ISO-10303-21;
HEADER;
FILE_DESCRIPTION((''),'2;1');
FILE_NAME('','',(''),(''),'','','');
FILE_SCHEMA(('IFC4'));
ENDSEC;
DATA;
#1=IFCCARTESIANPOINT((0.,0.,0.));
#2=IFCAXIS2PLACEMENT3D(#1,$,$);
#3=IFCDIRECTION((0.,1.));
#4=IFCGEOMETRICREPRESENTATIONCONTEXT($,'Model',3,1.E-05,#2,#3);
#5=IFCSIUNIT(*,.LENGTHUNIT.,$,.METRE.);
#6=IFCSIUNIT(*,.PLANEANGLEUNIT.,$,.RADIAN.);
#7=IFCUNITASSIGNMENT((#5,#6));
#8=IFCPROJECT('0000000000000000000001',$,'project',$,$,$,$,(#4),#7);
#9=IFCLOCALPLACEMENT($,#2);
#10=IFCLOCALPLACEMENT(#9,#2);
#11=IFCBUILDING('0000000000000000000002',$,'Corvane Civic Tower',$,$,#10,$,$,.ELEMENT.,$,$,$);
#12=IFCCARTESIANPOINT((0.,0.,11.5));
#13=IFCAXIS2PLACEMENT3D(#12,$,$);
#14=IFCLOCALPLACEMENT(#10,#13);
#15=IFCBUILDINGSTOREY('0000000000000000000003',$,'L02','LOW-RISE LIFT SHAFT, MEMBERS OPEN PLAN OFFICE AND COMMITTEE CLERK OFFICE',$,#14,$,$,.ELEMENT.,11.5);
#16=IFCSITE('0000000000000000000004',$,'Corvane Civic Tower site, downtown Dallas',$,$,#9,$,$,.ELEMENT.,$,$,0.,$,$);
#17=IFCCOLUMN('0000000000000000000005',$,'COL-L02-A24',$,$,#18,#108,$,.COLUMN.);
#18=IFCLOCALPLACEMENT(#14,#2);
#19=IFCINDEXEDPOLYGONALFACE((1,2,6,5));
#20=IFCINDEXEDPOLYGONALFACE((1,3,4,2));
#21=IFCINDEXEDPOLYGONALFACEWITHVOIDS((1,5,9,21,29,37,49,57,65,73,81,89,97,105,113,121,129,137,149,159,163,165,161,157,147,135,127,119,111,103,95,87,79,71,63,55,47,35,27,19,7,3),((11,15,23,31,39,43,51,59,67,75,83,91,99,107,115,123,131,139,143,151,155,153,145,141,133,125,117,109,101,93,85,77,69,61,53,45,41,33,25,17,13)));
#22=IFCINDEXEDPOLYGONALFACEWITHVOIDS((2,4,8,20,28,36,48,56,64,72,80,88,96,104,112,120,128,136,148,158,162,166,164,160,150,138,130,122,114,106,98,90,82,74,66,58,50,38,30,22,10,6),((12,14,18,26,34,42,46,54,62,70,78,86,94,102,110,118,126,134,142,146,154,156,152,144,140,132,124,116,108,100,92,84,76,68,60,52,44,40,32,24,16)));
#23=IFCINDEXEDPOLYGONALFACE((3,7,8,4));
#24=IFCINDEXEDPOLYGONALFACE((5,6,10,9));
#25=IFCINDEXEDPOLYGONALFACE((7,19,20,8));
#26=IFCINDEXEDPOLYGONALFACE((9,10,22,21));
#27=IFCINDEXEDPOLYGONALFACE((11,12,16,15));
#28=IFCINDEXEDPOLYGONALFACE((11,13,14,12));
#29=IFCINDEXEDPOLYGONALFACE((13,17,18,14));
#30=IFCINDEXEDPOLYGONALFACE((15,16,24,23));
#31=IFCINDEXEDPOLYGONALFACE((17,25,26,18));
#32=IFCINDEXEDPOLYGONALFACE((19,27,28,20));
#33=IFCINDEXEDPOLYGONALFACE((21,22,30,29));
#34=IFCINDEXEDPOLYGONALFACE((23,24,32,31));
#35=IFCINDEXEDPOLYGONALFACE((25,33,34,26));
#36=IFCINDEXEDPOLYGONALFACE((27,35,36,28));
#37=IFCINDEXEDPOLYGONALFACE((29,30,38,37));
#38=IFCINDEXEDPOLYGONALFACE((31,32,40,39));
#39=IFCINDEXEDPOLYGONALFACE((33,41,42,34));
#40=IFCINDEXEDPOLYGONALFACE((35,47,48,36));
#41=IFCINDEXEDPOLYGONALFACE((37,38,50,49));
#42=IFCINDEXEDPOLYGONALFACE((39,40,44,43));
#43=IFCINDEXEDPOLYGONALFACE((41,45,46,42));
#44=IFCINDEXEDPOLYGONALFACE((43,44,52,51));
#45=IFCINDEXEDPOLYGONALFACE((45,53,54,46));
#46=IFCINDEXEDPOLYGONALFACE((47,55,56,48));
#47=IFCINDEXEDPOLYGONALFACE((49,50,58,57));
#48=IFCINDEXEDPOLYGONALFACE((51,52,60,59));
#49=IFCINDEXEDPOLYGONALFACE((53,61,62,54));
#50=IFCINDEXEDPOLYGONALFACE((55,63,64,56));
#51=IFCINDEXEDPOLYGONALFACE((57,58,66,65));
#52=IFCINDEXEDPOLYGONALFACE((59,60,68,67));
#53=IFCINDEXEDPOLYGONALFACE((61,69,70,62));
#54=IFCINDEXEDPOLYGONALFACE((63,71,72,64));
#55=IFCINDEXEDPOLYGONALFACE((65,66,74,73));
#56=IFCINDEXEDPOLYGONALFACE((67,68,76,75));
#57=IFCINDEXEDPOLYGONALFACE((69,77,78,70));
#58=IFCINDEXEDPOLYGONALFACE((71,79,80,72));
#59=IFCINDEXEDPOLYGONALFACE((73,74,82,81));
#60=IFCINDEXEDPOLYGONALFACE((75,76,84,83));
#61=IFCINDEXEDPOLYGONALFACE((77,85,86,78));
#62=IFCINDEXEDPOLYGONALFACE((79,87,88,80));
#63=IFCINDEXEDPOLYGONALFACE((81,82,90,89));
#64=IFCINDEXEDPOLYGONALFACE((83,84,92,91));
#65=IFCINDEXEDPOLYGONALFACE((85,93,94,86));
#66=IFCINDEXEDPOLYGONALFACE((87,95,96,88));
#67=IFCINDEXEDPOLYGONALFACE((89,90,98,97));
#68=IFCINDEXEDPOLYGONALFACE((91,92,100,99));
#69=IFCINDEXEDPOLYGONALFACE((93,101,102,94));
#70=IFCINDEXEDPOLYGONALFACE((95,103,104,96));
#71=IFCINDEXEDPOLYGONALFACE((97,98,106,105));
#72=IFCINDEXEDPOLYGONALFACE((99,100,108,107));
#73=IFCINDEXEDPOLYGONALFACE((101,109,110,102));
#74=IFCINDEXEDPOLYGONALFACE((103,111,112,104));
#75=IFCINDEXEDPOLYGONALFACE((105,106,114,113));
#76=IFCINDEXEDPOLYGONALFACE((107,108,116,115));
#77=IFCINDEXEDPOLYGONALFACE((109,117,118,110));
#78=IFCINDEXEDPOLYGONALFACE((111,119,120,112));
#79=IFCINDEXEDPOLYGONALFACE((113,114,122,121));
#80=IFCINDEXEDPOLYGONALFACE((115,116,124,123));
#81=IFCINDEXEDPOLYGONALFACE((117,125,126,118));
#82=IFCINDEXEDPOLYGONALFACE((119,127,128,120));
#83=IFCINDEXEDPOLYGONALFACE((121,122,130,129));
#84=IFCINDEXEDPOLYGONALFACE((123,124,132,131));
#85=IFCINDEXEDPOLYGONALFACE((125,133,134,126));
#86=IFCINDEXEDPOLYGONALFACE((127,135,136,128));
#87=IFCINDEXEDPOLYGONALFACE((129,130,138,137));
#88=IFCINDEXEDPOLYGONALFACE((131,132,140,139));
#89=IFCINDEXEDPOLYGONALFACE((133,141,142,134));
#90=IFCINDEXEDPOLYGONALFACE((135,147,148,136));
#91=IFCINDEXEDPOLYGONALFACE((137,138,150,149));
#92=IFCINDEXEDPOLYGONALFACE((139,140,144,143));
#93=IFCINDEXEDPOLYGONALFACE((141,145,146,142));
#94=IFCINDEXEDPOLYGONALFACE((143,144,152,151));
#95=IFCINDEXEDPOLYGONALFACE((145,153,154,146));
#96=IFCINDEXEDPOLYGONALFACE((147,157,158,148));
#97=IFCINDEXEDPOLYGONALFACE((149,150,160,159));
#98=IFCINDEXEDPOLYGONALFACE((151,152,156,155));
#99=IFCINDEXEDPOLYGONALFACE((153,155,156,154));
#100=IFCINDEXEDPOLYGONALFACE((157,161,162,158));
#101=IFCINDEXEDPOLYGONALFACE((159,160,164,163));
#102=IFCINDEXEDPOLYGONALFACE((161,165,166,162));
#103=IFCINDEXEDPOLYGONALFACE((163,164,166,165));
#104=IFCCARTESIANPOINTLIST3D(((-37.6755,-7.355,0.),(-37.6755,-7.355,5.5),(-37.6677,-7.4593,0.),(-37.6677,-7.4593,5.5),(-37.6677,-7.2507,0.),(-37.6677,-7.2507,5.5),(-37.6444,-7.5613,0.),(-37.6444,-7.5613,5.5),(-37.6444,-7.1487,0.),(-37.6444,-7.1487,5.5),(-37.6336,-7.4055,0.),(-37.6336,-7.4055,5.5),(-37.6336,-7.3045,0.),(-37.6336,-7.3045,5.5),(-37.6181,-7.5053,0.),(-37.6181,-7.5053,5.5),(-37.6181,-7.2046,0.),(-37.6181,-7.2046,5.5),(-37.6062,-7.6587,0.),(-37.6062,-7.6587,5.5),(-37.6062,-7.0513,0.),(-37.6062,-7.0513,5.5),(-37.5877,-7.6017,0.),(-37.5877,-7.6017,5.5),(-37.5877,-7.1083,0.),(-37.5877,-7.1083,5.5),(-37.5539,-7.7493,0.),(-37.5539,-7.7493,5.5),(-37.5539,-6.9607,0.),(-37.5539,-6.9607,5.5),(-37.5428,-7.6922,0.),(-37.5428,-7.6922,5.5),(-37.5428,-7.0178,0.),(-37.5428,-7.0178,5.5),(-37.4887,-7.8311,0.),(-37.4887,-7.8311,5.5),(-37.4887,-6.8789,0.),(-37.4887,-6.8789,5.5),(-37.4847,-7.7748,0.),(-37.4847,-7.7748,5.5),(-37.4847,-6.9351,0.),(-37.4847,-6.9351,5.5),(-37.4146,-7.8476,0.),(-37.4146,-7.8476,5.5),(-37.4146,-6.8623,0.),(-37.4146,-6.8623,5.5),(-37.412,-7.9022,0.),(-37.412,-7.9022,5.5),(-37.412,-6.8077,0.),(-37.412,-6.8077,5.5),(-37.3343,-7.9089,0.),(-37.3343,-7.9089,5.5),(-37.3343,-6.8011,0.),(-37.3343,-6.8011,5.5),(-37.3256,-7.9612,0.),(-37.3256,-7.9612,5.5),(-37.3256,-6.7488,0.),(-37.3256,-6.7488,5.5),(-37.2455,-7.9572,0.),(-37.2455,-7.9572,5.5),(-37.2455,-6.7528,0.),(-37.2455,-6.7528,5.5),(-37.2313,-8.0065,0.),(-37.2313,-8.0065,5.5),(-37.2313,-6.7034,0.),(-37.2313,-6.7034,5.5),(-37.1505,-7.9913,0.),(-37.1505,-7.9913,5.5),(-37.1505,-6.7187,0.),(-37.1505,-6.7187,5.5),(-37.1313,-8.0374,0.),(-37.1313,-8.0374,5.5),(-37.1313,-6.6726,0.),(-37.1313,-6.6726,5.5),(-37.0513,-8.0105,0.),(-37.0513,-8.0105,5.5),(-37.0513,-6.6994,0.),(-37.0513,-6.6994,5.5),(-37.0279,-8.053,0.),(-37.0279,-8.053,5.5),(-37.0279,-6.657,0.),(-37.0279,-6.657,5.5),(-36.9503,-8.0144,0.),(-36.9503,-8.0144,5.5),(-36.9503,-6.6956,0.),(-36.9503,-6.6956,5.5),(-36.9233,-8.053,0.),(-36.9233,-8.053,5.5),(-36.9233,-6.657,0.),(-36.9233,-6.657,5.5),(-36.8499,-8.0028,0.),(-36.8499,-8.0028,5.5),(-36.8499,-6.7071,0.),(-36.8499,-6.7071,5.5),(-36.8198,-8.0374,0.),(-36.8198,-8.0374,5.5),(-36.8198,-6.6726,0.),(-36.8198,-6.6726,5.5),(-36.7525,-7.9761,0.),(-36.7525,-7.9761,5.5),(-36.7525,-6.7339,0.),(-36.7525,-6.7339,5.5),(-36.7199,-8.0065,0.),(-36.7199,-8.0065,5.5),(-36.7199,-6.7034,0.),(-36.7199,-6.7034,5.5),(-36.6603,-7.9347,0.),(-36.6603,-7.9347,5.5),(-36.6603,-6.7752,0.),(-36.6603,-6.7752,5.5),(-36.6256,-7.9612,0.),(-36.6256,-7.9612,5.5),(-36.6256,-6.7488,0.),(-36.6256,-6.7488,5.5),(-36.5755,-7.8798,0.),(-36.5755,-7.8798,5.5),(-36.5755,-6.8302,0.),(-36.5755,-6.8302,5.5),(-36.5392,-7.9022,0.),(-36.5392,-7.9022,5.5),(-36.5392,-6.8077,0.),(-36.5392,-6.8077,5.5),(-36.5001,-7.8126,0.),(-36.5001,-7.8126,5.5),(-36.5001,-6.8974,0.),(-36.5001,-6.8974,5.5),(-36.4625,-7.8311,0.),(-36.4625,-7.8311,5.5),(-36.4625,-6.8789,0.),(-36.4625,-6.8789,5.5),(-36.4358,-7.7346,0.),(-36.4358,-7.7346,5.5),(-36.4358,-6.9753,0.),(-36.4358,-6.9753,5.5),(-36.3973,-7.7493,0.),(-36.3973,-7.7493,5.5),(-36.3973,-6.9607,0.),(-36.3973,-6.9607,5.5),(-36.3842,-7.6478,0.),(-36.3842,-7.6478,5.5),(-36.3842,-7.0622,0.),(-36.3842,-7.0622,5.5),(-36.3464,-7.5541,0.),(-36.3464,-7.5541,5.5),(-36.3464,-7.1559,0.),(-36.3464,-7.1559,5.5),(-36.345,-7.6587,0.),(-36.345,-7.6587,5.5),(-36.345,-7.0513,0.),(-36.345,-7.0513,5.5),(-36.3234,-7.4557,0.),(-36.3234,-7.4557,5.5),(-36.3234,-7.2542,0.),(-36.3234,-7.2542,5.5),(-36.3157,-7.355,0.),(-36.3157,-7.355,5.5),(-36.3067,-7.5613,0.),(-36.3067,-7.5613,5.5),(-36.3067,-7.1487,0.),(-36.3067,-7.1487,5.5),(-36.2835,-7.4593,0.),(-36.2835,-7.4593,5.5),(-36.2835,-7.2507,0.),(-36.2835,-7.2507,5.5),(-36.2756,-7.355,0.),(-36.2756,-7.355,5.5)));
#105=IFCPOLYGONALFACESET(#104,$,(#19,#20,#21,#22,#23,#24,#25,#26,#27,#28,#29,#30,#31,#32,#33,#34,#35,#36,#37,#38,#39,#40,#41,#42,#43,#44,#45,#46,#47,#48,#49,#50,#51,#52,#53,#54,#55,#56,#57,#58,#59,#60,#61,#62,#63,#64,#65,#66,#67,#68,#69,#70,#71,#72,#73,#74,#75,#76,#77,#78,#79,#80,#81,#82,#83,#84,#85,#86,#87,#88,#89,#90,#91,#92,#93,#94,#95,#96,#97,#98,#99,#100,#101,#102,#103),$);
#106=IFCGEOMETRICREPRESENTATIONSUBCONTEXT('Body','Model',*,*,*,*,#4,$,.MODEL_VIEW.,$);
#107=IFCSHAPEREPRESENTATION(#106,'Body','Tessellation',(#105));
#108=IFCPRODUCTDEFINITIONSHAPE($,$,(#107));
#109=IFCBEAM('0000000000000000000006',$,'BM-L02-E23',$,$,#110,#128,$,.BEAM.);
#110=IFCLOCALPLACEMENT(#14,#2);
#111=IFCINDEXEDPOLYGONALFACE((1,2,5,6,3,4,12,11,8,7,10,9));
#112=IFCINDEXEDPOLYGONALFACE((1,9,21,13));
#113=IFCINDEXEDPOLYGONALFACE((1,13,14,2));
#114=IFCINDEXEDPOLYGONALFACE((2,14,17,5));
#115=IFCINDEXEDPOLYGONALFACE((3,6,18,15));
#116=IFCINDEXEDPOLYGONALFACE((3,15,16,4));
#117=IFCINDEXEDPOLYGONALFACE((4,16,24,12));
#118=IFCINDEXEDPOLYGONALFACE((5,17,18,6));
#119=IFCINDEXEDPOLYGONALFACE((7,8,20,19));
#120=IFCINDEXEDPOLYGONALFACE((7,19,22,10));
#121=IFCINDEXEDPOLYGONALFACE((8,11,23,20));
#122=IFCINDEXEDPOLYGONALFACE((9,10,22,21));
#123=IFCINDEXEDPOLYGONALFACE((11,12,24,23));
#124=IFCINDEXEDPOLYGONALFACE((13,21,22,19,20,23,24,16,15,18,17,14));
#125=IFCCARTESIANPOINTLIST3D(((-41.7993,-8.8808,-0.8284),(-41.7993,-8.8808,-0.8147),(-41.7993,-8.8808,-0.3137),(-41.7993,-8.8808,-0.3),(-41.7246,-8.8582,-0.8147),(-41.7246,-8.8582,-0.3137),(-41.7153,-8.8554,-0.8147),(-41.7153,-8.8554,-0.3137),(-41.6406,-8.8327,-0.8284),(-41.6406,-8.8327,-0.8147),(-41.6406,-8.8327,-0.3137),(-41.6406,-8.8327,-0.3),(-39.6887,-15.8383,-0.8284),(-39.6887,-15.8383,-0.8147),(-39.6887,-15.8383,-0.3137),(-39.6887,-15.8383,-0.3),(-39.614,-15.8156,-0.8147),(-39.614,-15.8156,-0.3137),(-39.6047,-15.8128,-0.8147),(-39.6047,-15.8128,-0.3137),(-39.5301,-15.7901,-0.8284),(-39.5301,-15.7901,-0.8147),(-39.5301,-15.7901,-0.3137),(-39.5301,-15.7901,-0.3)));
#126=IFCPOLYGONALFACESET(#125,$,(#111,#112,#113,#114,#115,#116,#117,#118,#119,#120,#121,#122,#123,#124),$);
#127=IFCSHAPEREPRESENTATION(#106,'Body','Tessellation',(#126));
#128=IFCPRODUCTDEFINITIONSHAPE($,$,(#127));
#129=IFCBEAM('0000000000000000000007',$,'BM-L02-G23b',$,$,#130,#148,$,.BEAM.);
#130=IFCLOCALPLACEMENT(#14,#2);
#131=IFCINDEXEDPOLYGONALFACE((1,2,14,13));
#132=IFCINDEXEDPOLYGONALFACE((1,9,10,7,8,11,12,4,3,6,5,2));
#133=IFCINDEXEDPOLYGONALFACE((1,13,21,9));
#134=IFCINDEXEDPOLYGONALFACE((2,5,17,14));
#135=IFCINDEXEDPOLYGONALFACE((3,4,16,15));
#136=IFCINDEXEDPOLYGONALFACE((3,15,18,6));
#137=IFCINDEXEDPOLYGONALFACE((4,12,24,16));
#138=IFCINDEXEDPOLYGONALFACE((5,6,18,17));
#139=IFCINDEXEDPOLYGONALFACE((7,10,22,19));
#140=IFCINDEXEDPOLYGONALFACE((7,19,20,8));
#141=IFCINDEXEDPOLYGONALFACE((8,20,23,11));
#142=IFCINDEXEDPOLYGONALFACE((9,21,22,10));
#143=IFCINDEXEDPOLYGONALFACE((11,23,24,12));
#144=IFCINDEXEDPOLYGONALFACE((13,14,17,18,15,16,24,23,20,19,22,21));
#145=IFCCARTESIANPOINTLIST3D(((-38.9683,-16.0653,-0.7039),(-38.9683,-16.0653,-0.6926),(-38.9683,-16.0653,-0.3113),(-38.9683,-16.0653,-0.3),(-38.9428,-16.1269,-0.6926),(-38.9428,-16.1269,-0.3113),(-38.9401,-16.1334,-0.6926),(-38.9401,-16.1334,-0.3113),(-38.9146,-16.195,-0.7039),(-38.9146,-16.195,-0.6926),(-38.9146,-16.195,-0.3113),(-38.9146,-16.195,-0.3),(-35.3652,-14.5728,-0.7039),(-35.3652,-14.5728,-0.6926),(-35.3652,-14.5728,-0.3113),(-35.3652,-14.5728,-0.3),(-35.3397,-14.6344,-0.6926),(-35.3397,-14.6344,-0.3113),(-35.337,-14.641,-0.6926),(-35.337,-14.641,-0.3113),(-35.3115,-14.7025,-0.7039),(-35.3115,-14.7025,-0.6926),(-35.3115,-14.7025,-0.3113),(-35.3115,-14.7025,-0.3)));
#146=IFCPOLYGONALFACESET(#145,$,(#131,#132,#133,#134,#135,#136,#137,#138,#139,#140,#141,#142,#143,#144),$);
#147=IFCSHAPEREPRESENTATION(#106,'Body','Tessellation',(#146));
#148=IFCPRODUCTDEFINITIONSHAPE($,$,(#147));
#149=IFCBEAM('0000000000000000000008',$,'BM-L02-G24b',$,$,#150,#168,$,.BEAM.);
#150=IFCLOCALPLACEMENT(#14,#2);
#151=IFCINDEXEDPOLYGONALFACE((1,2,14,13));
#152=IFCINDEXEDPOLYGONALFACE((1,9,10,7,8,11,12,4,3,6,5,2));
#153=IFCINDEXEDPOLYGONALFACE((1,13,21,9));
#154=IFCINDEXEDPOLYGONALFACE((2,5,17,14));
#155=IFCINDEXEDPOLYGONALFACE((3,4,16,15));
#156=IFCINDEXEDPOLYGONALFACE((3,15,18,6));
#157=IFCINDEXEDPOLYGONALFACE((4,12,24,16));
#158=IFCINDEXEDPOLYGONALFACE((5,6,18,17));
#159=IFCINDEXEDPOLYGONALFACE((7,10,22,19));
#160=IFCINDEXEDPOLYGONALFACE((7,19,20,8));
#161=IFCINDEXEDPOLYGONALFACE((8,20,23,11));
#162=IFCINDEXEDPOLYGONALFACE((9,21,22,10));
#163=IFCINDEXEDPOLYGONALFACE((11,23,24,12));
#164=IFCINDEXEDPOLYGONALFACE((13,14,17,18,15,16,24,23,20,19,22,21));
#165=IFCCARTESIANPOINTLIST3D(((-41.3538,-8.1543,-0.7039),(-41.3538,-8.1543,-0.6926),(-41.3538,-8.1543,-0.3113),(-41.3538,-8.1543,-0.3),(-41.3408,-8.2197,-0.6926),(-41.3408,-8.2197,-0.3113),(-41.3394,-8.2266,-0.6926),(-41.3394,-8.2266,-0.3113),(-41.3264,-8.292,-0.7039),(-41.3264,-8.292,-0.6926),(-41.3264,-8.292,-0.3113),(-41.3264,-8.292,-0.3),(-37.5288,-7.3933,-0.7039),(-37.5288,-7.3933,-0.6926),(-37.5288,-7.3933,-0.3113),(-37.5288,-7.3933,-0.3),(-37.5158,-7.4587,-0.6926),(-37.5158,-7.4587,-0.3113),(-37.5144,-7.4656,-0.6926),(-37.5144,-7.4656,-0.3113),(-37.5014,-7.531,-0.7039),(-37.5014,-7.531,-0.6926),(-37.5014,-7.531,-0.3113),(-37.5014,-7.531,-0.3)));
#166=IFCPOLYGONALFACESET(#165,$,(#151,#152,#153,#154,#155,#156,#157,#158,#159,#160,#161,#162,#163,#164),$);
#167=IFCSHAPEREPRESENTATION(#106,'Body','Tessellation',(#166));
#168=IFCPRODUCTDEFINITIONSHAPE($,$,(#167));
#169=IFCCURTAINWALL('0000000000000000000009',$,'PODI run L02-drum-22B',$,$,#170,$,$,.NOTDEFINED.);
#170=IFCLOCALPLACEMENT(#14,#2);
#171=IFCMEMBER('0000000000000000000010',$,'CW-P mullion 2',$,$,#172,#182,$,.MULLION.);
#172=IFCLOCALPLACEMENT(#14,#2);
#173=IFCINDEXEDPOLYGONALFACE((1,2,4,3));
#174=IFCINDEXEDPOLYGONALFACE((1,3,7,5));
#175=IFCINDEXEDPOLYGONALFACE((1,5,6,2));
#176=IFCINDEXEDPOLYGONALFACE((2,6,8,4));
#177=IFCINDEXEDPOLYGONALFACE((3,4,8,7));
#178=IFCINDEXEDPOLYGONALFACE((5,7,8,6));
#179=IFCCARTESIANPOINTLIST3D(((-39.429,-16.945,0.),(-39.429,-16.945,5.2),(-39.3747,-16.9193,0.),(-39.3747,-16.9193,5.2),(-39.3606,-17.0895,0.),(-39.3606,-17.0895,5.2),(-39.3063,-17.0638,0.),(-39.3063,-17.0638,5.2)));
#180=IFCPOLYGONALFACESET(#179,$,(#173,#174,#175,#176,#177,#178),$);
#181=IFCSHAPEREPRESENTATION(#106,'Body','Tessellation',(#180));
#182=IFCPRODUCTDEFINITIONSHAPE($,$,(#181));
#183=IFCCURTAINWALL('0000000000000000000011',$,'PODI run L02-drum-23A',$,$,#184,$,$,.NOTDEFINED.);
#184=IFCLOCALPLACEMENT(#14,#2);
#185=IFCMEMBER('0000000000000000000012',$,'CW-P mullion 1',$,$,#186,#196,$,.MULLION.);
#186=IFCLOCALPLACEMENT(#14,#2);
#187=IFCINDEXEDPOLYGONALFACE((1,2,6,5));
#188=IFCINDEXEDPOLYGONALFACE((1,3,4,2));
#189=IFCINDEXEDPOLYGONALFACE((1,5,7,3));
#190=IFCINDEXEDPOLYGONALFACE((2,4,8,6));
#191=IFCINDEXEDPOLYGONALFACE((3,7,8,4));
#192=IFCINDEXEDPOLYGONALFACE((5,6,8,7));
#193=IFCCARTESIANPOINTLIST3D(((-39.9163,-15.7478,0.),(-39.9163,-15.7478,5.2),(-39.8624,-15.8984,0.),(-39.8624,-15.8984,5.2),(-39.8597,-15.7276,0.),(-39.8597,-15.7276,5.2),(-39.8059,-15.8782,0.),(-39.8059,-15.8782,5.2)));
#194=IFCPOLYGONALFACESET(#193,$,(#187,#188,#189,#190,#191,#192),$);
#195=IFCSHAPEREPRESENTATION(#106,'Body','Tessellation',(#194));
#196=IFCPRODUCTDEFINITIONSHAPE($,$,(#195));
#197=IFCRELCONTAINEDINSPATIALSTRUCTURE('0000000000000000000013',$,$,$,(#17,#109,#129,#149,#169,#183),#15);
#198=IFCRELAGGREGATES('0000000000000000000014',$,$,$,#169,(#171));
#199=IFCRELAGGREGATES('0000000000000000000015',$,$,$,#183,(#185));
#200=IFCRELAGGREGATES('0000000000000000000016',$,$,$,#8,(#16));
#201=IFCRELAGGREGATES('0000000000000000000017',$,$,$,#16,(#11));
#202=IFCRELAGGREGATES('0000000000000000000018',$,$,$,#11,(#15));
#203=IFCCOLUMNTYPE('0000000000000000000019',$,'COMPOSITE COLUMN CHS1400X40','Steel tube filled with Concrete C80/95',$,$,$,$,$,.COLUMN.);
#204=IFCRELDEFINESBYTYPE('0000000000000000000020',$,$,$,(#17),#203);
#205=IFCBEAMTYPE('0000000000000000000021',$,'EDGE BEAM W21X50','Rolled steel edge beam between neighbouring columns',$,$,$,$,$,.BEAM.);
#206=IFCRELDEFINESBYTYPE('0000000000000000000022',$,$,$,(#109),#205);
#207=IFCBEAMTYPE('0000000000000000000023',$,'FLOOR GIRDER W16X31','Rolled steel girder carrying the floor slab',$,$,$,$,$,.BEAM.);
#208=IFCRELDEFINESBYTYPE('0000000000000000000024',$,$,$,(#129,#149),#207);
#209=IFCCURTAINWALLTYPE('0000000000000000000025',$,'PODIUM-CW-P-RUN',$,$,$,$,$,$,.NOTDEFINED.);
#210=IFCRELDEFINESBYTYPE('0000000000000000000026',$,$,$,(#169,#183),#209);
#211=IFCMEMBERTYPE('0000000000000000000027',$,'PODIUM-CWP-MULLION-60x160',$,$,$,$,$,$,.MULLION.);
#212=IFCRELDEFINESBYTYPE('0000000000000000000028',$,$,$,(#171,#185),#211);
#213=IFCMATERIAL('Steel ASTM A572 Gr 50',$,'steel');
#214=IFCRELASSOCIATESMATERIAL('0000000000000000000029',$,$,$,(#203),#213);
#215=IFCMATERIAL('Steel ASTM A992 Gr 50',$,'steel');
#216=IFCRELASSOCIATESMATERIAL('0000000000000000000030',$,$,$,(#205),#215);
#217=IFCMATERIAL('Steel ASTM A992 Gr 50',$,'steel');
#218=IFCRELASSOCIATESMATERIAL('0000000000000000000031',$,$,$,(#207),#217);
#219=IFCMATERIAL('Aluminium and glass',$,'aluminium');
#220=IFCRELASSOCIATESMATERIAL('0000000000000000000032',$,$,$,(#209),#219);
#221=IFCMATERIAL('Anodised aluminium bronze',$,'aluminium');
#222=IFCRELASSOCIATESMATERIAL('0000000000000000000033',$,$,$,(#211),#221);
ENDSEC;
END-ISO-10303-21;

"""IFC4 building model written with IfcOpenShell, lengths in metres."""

from ifc_helpers import new_model, si_unit, direction, frame, origin, origin_2d, place, context, subcontext, project, spatial, rectangle, hollow_circle, i_section, extrude, material, material_profile, profile_set, type_object, element, aggregate, save


model = new_model("IFC4")

# Units and contexts
model_context = context("Model", 3, precision=1e-05, world=origin(), true_north=direction((0.0, 1.0)))
body_context = subcontext(model_context, "Body", "Model", "MODEL_VIEW")
ifc_project = project(units=[si_unit("LENGTHUNIT", "METRE"), si_unit("PLANEANGLEUNIT", "RADIAN")], contexts=[model_context])

# Site, building, storey
site_placement = place(None, origin())
site = spatial("IfcSite", under=ifc_project, at=site_placement, Name="Corvane Civic Tower site, downtown Dallas", CompositionType="ELEMENT", RefElevation=0.0)
building_placement = place(site_placement, origin())
building = spatial("IfcBuilding", under=site, at=building_placement, Name="Corvane Civic Tower", CompositionType="ELEMENT")
storey_placement = place(building_placement, frame((0.0, 0.0, 11.5)))
storey = spatial("IfcBuildingStorey", under=building, at=storey_placement, Name="L02", Description="LOW-RISE LIFT SHAFT, MEMBERS OPEN PLAN OFFICE AND COMMITTEE CLERK OFFICE", CompositionType="ELEMENT", Elevation=11.5)

# Column
ifc_material_1 = material(Name="Steel ASTM A572 Gr 50", Category="steel")
ifc_material_profile_1 = material_profile(ifc_material_1, hollow_circle(Radius=0.7, WallThickness=0.04, at=origin_2d()), Name="CHS1400X40")
ifc_profile_set_1 = profile_set([ifc_material_profile_1], Name="Steel ASTM A572 Gr 50")
column_type_1 = type_object("IfcColumnType", Name="COMPOSITE COLUMN CHS1400X40", Description="Steel tube filled with Concrete C80/95", PredefinedType="COLUMN", material=ifc_profile_set_1)
for number, where, z_axis, x_axis, name in (
    (1, (-36.9756, -7.355, 0.0), (0.0, 0.0, 1.0), (1.0, 0.0, 0.0), "COL-L02-A24"),
):
    element("IfcColumn", number, at=place(storey_placement, frame(where, z_axis=z_axis, x_axis=x_axis)), inside=storey, type_object=column_type_1, Name=name, PredefinedType="COLUMN", context=body_context, shape_type="SweptSolid", body=[
        extrude(hollow_circle(Radius=0.7, WallThickness=0.04, at=origin_2d()), origin(), (0.0, 0.0, 1.0), 5.5),
    ])

# Beams
ifc_material_2 = material(Name="Steel ASTM A992 Gr 50", Category="steel")
ifc_material_profile_2 = material_profile(ifc_material_2, i_section(OverallWidth=0.1658, OverallDepth=0.5283, WebThickness=0.0098, FlangeThickness=0.0137, at=origin_2d()), Name="W21X50")
ifc_profile_set_2 = profile_set([ifc_material_profile_2], Name="Steel ASTM A992 Gr 50")
beam_type_1 = type_object("IfcBeamType", Name="EDGE BEAM W21X50", Description="Rolled steel edge beam between neighbouring columns", PredefinedType="BEAM", material=ifc_profile_set_2)
beam_placement = place(storey_placement, frame((-39.6094, -15.8142, -0.5642), z_axis=(-0.290292, 0.956938, 0.0), x_axis=(-0.956938, -0.290292, 0.0)))
element("IfcBeam", 2, at=beam_placement, inside=storey, type_object=beam_type_1, Name="BM-L02-E23", PredefinedType="BEAM", context=body_context, shape_type="SweptSolid", body=[
    extrude(i_section(OverallWidth=0.1658, OverallDepth=0.5283, WebThickness=0.0098, FlangeThickness=0.0137, at=origin_2d()), origin(), (0.0, 0.0, 1.0), 7.2705),
])
ifc_material_3 = material(Name="Steel ASTM A992 Gr 50", Category="steel")
ifc_material_profile_3 = material_profile(ifc_material_3, i_section(OverallWidth=0.1404, OverallDepth=0.4038, WebThickness=0.0071, FlangeThickness=0.0112, at=origin_2d()), Name="W16X31")
ifc_profile_set_3 = profile_set([ifc_material_profile_3], Name="Steel ASTM A992 Gr 50")
beam_type_2 = type_object("IfcBeamType", Name="FLOOR GIRDER W16X31", Description="Rolled steel girder carrying the floor slab", PredefinedType="BEAM", material=ifc_profile_set_3)
for number, where, z_axis, x_axis, name in (
    (3, (-35.3384, -14.6377, -0.502), (-0.923879, -0.382685, 0.0), (0.382685, -0.923879, 0.0), "BM-L02-G23b"),
    (4, (-37.5151, -7.4622, -0.502), (-0.980778, -0.195129, 0.0), (0.195129, -0.980778, 0.0), "BM-L02-G24b"),
):
    element("IfcBeam", number, at=place(storey_placement, frame(where, z_axis=z_axis, x_axis=x_axis)), inside=storey, type_object=beam_type_2, Name=name, PredefinedType="BEAM", context=body_context, shape_type="SweptSolid", body=[
        extrude(i_section(OverallWidth=0.1404, OverallDepth=0.4038, WebThickness=0.0071, FlangeThickness=0.0112, at=origin_2d()), origin(), (0.0, 0.0, 1.0), 3.8999),
    ])

# Curtain wall, member
ifc_material_4 = material(Name="Aluminium and glass", Category="aluminium")
curtain_wall_type = type_object("IfcCurtainWallType", Name="PODIUM-CW-P-RUN", PredefinedType="NOTDEFINED", material=ifc_material_4)
curtain_wall_1_placement = place(storey_placement, origin())
curtain_wall_1 = element("IfcCurtainWall", 5, at=curtain_wall_1_placement, inside=storey, type_object=curtain_wall_type, Name="PODI run L02-drum-22B", PredefinedType="NOTDEFINED")
ifc_material_5 = material(Name="Anodised aluminium bronze", Category="aluminium")
ifc_material_profile_4 = material_profile(ifc_material_5, rectangle(XDim=0.0601, YDim=0.1599, at=origin_2d()), Name="AL 60x160")
ifc_profile_set_4 = profile_set([ifc_material_profile_4], Name="Anodised aluminium bronze")
member_type_1 = type_object("IfcMemberType", Name="PODIUM-CWP-MULLION-60x160", PredefinedType="MULLION", material=ifc_profile_set_4)
member_1_placement = place(storey_placement, frame((-39.3677, -17.0044, 0.0), z_axis=(0.0, 0.0, 1.0), x_axis=(-0.90399, -0.427553, 0.0)))
member_1 = element("IfcMember", 6, at=member_1_placement, type_object=member_type_1, Name="CW-P mullion 2", PredefinedType="MULLION", context=body_context, shape_type="SweptSolid", body=[
    extrude(rectangle(XDim=0.0601, YDim=0.1599, at=origin_2d()), origin(), (0.0, 0.0, 1.0), 5.2),
])

# Curtain wall, member
curtain_wall_2_placement = place(storey_placement, origin())
curtain_wall_2 = element("IfcCurtainWall", 7, at=curtain_wall_2_placement, inside=storey, type_object=curtain_wall_type, Name="PODI run L02-drum-23A", PredefinedType="NOTDEFINED")
member_2_placement = place(storey_placement, frame((-39.8611, -15.813, 0.0), z_axis=(0.0, 0.0, 1.0), x_axis=(-0.941534, -0.336919, 0.0)))
member_2 = element("IfcMember", 8, at=member_2_placement, type_object=member_type_1, Name="CW-P mullion 1", PredefinedType="MULLION", context=body_context, shape_type="SweptSolid", body=[
    extrude(rectangle(XDim=0.0601, YDim=0.1599, at=origin_2d()), origin(), (0.0, 0.0, 1.0), 5.2),
])

aggregate(curtain_wall_1, [member_1])
aggregate(curtain_wall_2, [member_2])

save(model, "model.ifc")
